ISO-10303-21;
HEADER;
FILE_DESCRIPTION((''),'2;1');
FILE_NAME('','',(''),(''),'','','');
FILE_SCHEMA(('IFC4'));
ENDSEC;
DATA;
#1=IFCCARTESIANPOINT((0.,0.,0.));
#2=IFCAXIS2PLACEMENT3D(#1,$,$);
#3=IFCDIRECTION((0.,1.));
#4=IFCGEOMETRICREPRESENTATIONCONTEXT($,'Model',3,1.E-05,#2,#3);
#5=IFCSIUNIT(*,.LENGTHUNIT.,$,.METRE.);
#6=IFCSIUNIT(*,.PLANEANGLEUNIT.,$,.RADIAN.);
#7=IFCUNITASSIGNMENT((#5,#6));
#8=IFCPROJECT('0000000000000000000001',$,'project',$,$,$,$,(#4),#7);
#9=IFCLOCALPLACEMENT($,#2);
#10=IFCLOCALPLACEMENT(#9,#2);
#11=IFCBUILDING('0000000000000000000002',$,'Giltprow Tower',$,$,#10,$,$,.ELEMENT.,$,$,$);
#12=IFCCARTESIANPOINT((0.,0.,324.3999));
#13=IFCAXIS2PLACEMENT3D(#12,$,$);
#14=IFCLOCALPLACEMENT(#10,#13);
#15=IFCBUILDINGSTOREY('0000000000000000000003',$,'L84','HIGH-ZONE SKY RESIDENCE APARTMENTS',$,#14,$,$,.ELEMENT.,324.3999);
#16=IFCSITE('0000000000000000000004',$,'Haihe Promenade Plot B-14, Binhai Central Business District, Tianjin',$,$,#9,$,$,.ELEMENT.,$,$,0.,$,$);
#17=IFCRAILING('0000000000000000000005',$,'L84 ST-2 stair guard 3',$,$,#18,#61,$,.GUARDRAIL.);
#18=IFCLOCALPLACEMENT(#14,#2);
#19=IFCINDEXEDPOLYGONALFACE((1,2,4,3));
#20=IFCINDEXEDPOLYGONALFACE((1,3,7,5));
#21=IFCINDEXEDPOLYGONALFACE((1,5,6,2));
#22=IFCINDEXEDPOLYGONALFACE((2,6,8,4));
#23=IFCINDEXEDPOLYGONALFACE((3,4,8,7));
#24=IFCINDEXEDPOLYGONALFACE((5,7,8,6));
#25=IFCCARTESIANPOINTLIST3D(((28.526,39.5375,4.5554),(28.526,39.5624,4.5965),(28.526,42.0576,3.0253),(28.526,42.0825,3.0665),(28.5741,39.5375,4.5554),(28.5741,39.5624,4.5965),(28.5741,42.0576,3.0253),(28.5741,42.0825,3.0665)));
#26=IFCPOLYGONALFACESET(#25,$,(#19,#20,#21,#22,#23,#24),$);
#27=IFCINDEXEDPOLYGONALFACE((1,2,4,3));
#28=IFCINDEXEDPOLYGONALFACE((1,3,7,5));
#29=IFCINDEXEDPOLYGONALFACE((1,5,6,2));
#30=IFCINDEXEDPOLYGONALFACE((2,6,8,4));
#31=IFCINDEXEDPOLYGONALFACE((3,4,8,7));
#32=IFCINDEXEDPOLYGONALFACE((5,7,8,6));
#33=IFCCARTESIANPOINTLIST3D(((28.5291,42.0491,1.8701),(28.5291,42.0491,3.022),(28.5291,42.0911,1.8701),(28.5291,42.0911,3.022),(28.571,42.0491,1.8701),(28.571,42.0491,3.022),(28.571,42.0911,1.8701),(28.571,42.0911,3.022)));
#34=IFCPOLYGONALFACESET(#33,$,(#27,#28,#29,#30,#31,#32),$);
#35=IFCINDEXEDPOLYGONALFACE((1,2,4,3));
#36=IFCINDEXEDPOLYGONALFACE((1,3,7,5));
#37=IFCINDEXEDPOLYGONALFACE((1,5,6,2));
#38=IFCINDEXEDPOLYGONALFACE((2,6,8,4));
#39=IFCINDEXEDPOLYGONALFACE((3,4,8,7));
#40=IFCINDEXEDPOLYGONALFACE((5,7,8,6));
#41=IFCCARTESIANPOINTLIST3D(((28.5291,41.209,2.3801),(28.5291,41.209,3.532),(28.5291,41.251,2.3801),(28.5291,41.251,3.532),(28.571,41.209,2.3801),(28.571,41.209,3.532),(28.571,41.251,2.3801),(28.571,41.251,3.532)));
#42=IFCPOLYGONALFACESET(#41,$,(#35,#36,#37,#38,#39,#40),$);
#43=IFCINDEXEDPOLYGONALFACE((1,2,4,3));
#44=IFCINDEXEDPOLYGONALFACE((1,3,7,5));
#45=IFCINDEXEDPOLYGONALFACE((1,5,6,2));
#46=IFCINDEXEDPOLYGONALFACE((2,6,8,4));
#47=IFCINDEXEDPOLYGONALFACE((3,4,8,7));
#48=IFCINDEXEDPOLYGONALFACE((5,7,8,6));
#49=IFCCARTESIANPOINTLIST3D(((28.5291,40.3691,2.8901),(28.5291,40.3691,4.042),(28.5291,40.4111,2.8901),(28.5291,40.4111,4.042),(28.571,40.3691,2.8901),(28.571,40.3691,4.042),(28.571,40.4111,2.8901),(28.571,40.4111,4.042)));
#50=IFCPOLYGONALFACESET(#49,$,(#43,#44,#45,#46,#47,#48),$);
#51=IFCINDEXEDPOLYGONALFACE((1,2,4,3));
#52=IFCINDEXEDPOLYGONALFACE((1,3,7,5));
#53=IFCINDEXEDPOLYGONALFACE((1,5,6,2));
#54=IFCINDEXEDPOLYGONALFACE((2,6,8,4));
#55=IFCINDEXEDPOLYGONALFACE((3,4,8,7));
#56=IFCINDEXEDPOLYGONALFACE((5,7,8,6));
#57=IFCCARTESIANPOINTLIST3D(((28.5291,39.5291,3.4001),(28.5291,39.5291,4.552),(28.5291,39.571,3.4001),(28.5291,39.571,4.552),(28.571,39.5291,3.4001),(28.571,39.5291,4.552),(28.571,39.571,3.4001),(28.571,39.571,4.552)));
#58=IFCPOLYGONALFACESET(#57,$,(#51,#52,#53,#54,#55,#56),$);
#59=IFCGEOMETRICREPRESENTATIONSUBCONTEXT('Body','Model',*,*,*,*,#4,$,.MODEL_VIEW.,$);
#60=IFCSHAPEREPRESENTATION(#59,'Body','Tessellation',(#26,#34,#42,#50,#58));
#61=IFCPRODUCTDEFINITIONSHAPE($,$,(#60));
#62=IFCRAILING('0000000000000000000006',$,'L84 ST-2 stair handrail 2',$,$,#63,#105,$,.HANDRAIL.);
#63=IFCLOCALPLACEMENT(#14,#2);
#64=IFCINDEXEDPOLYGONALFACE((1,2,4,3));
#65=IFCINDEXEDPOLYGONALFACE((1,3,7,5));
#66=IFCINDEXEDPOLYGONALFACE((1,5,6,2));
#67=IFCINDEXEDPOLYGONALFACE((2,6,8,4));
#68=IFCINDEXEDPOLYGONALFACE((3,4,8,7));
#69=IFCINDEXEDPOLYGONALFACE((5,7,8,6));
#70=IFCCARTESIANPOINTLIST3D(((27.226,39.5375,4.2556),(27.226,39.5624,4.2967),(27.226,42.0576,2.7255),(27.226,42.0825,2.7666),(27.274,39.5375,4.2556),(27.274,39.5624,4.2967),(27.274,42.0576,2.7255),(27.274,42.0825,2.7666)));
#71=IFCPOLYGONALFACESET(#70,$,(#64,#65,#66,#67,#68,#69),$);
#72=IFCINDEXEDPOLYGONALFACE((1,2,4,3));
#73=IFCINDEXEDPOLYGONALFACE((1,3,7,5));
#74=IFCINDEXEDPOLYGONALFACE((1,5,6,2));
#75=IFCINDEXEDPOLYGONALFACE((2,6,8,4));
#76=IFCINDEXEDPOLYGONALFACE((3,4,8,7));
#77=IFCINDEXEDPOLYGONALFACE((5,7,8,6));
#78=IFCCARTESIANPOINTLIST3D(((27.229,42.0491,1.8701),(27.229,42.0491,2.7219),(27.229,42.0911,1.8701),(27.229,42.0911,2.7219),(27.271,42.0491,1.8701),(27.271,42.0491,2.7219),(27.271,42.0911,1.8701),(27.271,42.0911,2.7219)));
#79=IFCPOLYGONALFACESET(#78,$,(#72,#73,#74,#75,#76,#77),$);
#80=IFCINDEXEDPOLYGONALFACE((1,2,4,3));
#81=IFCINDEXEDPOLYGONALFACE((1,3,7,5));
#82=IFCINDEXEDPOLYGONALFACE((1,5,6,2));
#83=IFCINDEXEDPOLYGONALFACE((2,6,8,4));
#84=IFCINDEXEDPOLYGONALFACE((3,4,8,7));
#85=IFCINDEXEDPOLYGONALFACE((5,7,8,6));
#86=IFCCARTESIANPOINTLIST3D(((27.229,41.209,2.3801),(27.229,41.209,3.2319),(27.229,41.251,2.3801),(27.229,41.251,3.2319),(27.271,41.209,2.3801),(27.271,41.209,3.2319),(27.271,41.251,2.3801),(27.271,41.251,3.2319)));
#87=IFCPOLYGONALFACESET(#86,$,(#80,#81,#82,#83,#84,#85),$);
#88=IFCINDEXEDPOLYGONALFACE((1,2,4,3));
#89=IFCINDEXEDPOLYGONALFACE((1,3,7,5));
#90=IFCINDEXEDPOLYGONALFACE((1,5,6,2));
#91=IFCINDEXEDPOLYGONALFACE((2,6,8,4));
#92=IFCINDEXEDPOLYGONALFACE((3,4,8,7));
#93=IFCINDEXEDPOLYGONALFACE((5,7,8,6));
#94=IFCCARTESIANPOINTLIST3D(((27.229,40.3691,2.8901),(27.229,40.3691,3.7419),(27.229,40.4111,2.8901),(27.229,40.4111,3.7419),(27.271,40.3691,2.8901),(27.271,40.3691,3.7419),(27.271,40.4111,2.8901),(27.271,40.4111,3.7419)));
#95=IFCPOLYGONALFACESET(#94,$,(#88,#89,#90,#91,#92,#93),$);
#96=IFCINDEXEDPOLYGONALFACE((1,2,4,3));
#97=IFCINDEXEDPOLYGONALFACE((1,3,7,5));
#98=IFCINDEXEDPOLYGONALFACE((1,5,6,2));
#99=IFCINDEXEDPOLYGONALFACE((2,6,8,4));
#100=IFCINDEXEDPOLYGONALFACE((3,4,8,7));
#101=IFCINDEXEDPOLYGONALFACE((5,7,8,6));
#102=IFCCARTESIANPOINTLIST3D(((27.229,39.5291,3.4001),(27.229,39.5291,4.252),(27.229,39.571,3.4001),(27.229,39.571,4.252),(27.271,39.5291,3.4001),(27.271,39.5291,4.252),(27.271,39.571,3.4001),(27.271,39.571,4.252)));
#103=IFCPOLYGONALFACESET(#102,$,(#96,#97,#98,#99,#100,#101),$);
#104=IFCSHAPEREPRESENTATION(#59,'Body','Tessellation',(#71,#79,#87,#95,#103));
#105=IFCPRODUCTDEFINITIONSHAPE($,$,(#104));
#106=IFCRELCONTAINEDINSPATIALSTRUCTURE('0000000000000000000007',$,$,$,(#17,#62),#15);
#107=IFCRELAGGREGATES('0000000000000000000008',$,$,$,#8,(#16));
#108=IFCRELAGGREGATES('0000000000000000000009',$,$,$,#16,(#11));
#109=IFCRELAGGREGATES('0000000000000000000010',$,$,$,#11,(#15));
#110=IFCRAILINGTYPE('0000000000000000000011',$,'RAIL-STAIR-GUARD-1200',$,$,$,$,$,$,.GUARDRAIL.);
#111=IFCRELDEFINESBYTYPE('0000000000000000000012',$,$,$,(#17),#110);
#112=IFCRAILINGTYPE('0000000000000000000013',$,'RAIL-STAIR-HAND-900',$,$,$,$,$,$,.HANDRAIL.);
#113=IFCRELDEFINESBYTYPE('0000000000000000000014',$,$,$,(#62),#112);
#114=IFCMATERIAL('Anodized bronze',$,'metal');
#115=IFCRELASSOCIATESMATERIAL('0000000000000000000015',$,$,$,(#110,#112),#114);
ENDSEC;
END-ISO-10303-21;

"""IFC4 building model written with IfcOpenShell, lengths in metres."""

from ifc_helpers import new_model, si_unit, direction, frame, origin, origin_2d, place, context, subcontext, project, spatial, rectangle, extrude, material, type_object, element, save


model = new_model("IFC4")

# Units and contexts
model_context = context("Model", 3, precision=1e-05, world=origin(), true_north=direction((0.0, 1.0)))
body_context = subcontext(model_context, "Body", "Model", "MODEL_VIEW")
ifc_project = project(units=[si_unit("LENGTHUNIT", "METRE"), si_unit("PLANEANGLEUNIT", "RADIAN")], contexts=[model_context])

# Site, building, storey
site_placement = place(None, origin())
site = spatial("IfcSite", under=ifc_project, at=site_placement, Name="Haihe Promenade Plot B-14, Binhai Central Business District, Tianjin", CompositionType="ELEMENT", RefElevation=0.0)
building_placement = place(site_placement, origin())
building = spatial("IfcBuilding", under=site, at=building_placement, Name="Giltprow Tower", CompositionType="ELEMENT")
storey_placement = place(building_placement, frame((0.0, 0.0, 324.3999)))
storey = spatial("IfcBuildingStorey", under=building, at=storey_placement, Name="L84", Description="HIGH-ZONE SKY RESIDENCE APARTMENTS", CompositionType="ELEMENT", Elevation=324.3999)

# Railings
ifc_material_1 = material(Name="Anodized bronze", Category="metal")
railing_type_1 = type_object("IfcRailingType", Name="RAIL-STAIR-GUARD-1200", PredefinedType="GUARDRAIL", material=ifc_material_1)
railing_1_placement = place(storey_placement, frame((28.55, 42.0701, 1.8701)))
element("IfcRailing", 1, at=railing_1_placement, inside=storey, type_object=railing_type_1, Name="L84 ST-2 stair guard 3", PredefinedType="GUARDRAIL", context=body_context, shape_type="SweptSolid", body=[
    extrude(rectangle(XDim=0.0481, YDim=0.0481, at=origin_2d()), frame((0.0, 0.0, 1.1758), z_axis=(0.0, -0.854785, 0.518982), x_axis=(1.0, 0.0, 0.0)), (0.0, 0.0, 1.0), 2.9482),
    extrude(rectangle(XDim=0.042, YDim=0.042, at=origin_2d()), origin(), (0.0, 0.0, 1.0), 1.1519),
    extrude(rectangle(XDim=0.042, YDim=0.042, at=origin_2d()), frame((0.0, -0.8401, 0.51)), (0.0, 0.0, 1.0), 1.1519),
    extrude(rectangle(XDim=0.042, YDim=0.042, at=origin_2d()), frame((0.0, -1.6799, 1.02)), (0.0, 0.0, 1.0), 1.1519),
    extrude(rectangle(XDim=0.042, YDim=0.042, at=origin_2d()), frame((0.0, -2.52, 1.53)), (0.0, 0.0, 1.0), 1.1519),
])
railing_type_2 = type_object("IfcRailingType", Name="RAIL-STAIR-HAND-900", PredefinedType="HANDRAIL", material=ifc_material_1)
railing_2_placement = place(storey_placement, frame((27.25, 42.0701, 1.8701)))
element("IfcRailing", 2, at=railing_2_placement, inside=storey, type_object=railing_type_2, Name="L84 ST-2 stair handrail 2", PredefinedType="HANDRAIL", context=body_context, shape_type="SweptSolid", body=[
    extrude(rectangle(XDim=0.0481, YDim=0.0481, at=origin_2d()), frame((0.0, 0.0, 0.876), z_axis=(0.0, -0.854785, 0.518982), x_axis=(1.0, 0.0, 0.0)), (0.0, 0.0, 1.0), 2.9482),
    extrude(rectangle(XDim=0.042, YDim=0.042, at=origin_2d()), origin(), (0.0, 0.0, 1.0), 0.8518),
    extrude(rectangle(XDim=0.042, YDim=0.042, at=origin_2d()), frame((0.0, -0.8401, 0.51)), (0.0, 0.0, 1.0), 0.8518),
    extrude(rectangle(XDim=0.042, YDim=0.042, at=origin_2d()), frame((0.0, -1.6799, 1.02)), (0.0, 0.0, 1.0), 0.8518),
    extrude(rectangle(XDim=0.042, YDim=0.042, at=origin_2d()), frame((0.0, -2.52, 1.53)), (0.0, 0.0, 1.0), 0.8518),
])

save(model, "model.ifc")
